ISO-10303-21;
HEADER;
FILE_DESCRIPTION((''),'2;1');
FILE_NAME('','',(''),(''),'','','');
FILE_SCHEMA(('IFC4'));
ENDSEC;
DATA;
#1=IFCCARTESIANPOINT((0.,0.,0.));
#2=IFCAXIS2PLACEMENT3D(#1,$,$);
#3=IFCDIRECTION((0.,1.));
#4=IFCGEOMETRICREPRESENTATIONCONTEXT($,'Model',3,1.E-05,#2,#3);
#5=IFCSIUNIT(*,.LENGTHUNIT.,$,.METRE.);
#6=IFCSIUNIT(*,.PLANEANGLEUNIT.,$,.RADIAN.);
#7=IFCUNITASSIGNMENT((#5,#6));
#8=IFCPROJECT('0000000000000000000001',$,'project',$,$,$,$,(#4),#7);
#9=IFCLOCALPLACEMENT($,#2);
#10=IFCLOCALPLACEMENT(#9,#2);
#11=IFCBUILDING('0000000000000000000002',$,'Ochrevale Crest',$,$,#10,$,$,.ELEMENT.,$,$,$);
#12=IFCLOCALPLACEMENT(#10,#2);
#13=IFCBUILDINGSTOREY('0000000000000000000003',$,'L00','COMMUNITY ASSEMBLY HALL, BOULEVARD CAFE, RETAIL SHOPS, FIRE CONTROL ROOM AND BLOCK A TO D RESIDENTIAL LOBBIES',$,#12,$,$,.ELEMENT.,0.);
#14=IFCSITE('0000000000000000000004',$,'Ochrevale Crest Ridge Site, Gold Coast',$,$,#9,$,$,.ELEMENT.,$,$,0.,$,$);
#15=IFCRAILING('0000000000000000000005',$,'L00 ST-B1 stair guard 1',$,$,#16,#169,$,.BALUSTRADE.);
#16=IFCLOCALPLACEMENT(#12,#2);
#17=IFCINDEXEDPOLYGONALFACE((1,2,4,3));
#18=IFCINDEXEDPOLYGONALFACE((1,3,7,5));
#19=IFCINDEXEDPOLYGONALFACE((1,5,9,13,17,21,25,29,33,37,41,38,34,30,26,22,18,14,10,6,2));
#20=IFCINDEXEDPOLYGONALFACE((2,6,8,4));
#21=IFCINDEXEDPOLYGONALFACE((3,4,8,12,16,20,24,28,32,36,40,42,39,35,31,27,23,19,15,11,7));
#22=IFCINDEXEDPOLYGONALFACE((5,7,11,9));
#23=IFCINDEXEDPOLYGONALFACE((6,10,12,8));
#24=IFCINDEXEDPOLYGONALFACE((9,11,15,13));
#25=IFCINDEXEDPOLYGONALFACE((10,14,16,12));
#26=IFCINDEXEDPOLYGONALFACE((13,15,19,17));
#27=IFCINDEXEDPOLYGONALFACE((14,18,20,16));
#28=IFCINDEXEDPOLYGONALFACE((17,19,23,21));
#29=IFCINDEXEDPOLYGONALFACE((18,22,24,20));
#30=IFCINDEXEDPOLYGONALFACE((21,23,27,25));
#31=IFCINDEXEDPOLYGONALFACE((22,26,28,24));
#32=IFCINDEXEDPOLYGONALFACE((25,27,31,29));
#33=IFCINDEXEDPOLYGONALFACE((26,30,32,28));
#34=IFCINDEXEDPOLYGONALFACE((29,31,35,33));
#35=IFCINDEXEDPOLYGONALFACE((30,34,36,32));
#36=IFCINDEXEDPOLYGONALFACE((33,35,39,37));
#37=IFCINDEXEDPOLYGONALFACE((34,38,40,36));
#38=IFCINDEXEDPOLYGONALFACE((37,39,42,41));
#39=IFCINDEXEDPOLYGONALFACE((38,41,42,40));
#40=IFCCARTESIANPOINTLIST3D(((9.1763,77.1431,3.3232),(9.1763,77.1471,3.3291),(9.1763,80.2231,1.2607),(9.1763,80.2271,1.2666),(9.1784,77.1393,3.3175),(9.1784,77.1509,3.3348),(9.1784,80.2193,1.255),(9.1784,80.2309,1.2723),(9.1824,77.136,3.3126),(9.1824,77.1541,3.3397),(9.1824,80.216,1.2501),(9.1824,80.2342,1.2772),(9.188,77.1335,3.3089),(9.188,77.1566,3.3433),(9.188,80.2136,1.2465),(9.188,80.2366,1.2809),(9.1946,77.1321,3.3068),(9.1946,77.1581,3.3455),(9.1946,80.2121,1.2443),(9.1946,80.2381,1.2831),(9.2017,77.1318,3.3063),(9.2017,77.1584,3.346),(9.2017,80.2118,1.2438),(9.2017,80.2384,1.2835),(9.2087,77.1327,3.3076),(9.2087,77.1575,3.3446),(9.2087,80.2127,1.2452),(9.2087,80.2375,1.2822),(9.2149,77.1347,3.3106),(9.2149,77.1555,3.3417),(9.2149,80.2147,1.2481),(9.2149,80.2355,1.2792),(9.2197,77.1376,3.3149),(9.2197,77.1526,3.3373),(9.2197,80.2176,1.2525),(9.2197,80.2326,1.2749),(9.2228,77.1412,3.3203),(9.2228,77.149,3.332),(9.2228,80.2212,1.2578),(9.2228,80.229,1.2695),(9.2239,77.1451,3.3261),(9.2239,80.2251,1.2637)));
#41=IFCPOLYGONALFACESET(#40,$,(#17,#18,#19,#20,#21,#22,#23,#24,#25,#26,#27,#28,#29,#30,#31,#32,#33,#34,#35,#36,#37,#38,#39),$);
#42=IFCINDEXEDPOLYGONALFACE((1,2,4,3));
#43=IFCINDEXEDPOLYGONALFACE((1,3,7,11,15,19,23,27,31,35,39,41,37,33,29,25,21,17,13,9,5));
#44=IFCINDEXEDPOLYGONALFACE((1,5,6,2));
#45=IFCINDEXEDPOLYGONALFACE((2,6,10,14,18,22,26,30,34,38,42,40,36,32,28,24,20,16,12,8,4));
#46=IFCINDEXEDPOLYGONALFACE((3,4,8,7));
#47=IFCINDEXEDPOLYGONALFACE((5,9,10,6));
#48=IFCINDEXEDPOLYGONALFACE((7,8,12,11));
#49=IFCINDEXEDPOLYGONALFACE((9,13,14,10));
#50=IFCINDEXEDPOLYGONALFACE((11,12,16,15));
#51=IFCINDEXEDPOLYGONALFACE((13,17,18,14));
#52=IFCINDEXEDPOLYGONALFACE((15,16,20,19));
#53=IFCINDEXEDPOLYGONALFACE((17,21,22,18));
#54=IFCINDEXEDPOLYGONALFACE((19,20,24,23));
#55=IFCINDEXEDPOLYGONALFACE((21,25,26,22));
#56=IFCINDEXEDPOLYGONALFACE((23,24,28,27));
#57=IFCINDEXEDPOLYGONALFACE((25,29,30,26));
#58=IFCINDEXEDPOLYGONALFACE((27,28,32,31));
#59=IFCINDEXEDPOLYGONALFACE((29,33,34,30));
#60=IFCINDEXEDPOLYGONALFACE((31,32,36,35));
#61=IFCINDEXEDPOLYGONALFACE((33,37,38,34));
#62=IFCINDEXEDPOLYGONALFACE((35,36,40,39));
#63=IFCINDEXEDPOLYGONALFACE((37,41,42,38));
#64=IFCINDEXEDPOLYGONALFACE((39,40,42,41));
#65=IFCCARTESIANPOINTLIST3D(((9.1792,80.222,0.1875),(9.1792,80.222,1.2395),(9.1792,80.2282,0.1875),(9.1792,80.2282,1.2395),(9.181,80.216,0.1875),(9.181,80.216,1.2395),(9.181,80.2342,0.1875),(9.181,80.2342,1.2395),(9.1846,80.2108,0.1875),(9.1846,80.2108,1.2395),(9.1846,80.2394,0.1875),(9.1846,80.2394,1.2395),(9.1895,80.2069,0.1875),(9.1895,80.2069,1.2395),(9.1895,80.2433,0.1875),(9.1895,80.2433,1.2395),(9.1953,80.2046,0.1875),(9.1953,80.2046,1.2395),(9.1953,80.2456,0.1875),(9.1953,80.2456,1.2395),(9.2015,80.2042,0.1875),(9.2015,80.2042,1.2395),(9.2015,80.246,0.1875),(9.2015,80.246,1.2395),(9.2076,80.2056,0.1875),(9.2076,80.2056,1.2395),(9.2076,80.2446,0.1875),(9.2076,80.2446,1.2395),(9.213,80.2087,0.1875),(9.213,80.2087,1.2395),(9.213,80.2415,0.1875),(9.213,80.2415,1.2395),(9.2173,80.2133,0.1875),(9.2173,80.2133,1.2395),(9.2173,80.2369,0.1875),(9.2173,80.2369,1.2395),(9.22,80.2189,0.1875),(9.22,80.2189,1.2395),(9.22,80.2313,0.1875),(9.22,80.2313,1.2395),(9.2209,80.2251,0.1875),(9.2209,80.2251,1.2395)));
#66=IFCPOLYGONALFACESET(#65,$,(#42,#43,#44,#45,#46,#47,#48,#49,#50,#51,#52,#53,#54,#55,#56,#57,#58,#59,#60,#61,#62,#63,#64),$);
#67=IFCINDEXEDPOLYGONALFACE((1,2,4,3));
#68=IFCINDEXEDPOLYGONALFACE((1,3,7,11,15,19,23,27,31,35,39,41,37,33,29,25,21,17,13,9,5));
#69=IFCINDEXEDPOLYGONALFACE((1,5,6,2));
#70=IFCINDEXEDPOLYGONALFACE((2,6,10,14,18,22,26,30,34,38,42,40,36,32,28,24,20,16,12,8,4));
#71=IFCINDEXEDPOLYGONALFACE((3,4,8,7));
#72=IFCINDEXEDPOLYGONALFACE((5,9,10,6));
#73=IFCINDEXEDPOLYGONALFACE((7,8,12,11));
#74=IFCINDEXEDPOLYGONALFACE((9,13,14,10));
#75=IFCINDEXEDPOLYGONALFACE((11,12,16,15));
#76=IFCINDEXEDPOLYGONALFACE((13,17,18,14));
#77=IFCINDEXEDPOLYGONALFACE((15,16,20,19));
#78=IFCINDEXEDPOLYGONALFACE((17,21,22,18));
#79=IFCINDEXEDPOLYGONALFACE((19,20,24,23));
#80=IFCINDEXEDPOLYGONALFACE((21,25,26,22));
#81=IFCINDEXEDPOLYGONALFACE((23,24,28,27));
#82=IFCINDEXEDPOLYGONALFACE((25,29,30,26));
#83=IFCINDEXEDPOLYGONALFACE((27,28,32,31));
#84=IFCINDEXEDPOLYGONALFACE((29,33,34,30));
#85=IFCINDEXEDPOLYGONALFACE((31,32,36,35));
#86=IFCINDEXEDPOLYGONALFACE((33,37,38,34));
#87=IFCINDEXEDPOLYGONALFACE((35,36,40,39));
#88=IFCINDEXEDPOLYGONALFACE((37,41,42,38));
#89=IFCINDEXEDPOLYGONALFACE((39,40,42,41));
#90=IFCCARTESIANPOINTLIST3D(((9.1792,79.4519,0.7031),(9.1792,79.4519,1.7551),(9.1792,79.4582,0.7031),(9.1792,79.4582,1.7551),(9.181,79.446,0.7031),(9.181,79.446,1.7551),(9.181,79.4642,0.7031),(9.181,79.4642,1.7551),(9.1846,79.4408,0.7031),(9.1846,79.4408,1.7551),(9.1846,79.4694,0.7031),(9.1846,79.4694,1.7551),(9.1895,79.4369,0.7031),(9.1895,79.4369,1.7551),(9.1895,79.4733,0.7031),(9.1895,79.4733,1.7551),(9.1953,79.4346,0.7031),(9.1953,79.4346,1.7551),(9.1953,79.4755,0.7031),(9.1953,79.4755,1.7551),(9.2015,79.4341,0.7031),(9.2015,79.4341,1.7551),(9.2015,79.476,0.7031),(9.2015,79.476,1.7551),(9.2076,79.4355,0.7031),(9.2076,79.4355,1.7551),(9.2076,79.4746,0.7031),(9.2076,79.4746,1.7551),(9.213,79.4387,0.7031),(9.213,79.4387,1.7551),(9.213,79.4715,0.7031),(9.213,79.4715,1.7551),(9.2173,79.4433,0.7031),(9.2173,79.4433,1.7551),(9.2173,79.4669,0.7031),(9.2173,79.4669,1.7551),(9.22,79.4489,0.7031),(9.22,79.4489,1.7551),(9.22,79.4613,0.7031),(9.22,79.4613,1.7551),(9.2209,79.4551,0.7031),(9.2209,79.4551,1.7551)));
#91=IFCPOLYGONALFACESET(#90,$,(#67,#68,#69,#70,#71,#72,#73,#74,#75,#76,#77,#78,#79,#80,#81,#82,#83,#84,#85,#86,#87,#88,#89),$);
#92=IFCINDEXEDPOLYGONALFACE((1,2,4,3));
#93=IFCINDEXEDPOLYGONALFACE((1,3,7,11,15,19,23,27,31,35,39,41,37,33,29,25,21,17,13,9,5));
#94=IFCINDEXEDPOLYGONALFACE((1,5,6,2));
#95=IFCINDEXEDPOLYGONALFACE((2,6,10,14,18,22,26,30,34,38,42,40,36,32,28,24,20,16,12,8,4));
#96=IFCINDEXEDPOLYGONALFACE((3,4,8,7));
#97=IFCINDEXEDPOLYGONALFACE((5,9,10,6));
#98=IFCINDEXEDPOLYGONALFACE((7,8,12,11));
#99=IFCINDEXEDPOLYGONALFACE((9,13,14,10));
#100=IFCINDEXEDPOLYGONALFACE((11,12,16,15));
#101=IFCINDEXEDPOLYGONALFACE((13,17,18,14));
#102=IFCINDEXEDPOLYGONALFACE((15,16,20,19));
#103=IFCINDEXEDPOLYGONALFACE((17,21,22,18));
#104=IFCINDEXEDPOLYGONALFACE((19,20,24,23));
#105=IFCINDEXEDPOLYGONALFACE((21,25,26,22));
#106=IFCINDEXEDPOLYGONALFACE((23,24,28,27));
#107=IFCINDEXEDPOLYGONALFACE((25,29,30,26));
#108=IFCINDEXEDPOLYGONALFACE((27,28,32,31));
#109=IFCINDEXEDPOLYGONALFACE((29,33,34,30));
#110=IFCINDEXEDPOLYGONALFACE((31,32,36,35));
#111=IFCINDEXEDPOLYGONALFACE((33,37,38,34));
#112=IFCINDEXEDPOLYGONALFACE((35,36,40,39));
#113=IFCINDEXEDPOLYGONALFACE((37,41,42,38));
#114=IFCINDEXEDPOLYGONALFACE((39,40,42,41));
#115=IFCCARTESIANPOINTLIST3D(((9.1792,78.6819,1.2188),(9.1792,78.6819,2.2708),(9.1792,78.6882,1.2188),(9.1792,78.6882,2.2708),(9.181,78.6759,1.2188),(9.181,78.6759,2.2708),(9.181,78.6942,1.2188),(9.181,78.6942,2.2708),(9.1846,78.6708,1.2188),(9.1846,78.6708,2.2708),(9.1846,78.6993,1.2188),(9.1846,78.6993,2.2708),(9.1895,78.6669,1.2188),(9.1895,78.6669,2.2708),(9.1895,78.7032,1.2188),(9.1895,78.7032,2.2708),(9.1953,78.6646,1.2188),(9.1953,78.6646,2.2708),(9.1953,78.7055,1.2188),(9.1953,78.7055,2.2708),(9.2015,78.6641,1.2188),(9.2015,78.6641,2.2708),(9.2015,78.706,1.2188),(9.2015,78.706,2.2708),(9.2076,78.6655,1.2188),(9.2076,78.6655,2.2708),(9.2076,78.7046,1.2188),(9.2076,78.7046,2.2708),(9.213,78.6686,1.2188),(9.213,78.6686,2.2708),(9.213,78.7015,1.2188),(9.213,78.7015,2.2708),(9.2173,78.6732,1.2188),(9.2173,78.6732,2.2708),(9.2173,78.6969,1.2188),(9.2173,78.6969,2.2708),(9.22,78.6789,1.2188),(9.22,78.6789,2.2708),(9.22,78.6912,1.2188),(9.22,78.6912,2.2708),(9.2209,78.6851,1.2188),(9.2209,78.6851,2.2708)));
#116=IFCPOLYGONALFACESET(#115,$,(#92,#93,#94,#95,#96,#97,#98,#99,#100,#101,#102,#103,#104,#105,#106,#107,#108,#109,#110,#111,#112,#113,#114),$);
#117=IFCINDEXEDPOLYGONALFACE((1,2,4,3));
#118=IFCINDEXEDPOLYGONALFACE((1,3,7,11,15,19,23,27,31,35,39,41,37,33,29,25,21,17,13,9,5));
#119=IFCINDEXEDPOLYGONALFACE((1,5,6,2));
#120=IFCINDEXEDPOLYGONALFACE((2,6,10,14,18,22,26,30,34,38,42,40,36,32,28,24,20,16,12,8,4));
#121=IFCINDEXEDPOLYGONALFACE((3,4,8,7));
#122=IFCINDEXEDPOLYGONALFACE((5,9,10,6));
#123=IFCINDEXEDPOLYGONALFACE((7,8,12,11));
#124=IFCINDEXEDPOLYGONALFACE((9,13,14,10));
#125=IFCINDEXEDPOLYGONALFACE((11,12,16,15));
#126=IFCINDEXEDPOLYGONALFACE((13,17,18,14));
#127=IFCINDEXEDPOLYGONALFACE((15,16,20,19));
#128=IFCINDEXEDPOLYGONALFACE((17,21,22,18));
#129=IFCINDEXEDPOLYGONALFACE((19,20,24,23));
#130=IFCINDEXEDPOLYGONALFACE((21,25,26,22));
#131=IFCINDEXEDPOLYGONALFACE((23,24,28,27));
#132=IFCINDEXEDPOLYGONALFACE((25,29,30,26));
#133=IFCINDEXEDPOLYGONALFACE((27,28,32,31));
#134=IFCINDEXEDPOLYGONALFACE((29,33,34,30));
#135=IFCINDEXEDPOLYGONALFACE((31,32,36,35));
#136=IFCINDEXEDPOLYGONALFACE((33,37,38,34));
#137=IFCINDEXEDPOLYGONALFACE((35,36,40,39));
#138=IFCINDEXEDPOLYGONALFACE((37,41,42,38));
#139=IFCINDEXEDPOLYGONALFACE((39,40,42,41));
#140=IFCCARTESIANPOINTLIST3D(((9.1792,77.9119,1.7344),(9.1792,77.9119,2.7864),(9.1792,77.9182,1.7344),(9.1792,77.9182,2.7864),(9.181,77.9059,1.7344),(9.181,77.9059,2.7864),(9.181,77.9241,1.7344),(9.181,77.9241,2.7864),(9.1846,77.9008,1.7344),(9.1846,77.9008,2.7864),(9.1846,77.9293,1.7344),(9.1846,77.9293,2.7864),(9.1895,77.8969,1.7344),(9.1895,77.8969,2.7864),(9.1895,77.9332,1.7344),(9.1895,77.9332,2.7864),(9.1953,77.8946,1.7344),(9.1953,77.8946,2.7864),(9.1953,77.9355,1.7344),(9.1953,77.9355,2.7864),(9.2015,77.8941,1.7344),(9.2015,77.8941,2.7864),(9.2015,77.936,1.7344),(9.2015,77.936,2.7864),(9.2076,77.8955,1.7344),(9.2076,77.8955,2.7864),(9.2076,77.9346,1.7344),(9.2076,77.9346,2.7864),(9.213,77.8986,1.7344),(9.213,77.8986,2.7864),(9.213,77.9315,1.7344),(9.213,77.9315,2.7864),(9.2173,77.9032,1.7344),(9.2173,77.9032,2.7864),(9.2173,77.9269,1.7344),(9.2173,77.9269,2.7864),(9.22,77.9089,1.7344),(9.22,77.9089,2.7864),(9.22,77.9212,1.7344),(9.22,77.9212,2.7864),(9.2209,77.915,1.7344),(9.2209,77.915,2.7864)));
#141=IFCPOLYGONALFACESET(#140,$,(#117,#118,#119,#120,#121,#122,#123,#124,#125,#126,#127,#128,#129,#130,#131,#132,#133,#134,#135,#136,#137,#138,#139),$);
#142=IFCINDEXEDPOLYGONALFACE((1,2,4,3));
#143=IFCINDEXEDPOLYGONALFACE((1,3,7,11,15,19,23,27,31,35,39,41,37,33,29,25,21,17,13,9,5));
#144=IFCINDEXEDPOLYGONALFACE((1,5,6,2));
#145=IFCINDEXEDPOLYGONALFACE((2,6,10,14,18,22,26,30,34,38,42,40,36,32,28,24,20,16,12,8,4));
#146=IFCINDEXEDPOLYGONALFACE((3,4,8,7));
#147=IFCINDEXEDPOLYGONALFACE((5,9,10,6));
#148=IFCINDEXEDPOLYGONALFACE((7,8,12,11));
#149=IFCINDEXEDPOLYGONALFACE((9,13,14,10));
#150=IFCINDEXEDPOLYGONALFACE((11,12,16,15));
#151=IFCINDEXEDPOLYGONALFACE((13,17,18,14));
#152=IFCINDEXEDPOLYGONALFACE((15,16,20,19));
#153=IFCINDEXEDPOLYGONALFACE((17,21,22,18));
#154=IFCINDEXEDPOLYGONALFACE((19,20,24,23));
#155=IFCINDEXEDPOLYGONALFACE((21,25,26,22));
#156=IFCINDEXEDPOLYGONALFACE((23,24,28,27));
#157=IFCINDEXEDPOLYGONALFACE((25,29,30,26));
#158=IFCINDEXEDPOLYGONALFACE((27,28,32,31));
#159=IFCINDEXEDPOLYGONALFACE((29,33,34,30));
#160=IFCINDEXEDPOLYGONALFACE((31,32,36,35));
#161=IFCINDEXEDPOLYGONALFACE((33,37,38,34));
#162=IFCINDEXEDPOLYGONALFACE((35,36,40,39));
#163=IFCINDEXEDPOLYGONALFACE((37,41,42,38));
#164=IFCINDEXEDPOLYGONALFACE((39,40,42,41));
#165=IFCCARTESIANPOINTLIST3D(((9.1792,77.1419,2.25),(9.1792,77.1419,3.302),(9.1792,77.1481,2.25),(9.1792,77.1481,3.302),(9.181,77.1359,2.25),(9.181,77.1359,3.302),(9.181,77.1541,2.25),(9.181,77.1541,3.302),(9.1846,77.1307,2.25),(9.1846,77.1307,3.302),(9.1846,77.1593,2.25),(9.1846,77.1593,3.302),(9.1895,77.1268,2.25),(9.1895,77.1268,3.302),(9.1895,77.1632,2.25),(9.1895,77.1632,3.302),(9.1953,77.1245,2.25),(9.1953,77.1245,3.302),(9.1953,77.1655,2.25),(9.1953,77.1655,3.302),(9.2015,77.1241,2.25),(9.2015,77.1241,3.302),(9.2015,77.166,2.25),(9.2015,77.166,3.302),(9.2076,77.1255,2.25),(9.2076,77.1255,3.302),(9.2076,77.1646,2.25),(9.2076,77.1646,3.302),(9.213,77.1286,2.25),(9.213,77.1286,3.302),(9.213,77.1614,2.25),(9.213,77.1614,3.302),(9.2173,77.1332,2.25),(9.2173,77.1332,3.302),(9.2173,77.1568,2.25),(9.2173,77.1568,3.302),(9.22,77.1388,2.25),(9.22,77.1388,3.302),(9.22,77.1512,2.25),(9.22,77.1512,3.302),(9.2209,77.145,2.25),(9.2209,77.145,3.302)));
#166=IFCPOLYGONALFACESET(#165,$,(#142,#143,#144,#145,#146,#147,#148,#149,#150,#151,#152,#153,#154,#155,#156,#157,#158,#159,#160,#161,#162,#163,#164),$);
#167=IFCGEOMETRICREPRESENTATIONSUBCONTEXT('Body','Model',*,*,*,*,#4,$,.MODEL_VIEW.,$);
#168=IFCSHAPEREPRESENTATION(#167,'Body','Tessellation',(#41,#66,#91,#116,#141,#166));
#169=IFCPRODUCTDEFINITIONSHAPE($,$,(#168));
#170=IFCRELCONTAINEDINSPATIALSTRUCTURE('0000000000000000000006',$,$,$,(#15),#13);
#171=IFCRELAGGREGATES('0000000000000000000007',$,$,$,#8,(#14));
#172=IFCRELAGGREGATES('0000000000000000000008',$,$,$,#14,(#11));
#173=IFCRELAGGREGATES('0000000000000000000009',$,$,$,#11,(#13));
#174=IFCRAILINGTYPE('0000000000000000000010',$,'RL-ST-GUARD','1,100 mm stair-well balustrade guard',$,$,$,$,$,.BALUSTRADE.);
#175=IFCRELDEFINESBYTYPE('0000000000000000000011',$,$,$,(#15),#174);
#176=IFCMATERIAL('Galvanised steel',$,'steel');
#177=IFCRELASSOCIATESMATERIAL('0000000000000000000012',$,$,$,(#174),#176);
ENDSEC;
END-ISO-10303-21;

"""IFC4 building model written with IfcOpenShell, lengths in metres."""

from ifc_helpers import new_model, si_unit, direction, frame, origin, origin_2d, place, context, subcontext, project, spatial, circle, extrude, material, type_object, element, save


model = new_model("IFC4")

# Units and contexts
model_context = context("Model", 3, precision=1e-05, world=origin(), true_north=direction((0.0, 1.0)))
body_context = subcontext(model_context, "Body", "Model", "MODEL_VIEW")
ifc_project = project(units=[si_unit("LENGTHUNIT", "METRE"), si_unit("PLANEANGLEUNIT", "RADIAN")], contexts=[model_context])

# Site, building, storey
site_placement = place(None, origin())
site = spatial("IfcSite", under=ifc_project, at=site_placement, Name="Ochrevale Crest Ridge Site, Gold Coast", CompositionType="ELEMENT", RefElevation=0.0)
building_placement = place(site_placement, origin())
building = spatial("IfcBuilding", under=site, at=building_placement, Name="Ochrevale Crest", CompositionType="ELEMENT")
storey_placement = place(building_placement, origin())
storey = spatial("IfcBuildingStorey", under=building, at=storey_placement, Name="L00", Description="COMMUNITY ASSEMBLY HALL, BOULEVARD CAFE, RETAIL SHOPS, FIRE CONTROL ROOM AND BLOCK A TO D RESIDENTIAL LOBBIES", CompositionType="ELEMENT", Elevation=0.0)

# Railing
ifc_material_1 = material(Name="Galvanised steel", Category="steel")
railing_type_1 = type_object("IfcRailingType", Name="RL-ST-GUARD", Description="1,100 mm stair-well balustrade guard", PredefinedType="BALUSTRADE", material=ifc_material_1)
railing_1_placement = place(storey_placement, frame((9.2, 80.2251, 0.1875)))
element("IfcRailing", 1, at=railing_1_placement, inside=storey, type_object=railing_type_1, Name="L00 ST-B1 stair guard 1", PredefinedType="BALUSTRADE", context=body_context, shape_type="SweptSolid", body=[
    extrude(circle(Radius=0.0239, at=origin_2d()), frame((0.0, 0.0, 1.0762), z_axis=(0.0, -0.830914, 0.556401), x_axis=(1.0, 0.0, 0.0)), (0.0, 0.0, 1.0), 3.7068),
    extrude(circle(Radius=0.021, at=origin_2d()), origin(), (0.0, 0.0, 1.0), 1.052),
    extrude(circle(Radius=0.021, at=origin_2d()), frame((0.0, -0.77, 0.5156)), (0.0, 0.0, 1.0), 1.052),
    extrude(circle(Radius=0.021, at=origin_2d()), frame((0.0, -1.54, 1.0312)), (0.0, 0.0, 1.0), 1.052),
    extrude(circle(Radius=0.021, at=origin_2d()), frame((0.0, -2.3101, 1.5469)), (0.0, 0.0, 1.0), 1.052),
    extrude(circle(Radius=0.021, at=origin_2d()), frame((0.0, -3.0801, 2.0625)), (0.0, 0.0, 1.0), 1.052),
])

save(model, "model.ifc")
